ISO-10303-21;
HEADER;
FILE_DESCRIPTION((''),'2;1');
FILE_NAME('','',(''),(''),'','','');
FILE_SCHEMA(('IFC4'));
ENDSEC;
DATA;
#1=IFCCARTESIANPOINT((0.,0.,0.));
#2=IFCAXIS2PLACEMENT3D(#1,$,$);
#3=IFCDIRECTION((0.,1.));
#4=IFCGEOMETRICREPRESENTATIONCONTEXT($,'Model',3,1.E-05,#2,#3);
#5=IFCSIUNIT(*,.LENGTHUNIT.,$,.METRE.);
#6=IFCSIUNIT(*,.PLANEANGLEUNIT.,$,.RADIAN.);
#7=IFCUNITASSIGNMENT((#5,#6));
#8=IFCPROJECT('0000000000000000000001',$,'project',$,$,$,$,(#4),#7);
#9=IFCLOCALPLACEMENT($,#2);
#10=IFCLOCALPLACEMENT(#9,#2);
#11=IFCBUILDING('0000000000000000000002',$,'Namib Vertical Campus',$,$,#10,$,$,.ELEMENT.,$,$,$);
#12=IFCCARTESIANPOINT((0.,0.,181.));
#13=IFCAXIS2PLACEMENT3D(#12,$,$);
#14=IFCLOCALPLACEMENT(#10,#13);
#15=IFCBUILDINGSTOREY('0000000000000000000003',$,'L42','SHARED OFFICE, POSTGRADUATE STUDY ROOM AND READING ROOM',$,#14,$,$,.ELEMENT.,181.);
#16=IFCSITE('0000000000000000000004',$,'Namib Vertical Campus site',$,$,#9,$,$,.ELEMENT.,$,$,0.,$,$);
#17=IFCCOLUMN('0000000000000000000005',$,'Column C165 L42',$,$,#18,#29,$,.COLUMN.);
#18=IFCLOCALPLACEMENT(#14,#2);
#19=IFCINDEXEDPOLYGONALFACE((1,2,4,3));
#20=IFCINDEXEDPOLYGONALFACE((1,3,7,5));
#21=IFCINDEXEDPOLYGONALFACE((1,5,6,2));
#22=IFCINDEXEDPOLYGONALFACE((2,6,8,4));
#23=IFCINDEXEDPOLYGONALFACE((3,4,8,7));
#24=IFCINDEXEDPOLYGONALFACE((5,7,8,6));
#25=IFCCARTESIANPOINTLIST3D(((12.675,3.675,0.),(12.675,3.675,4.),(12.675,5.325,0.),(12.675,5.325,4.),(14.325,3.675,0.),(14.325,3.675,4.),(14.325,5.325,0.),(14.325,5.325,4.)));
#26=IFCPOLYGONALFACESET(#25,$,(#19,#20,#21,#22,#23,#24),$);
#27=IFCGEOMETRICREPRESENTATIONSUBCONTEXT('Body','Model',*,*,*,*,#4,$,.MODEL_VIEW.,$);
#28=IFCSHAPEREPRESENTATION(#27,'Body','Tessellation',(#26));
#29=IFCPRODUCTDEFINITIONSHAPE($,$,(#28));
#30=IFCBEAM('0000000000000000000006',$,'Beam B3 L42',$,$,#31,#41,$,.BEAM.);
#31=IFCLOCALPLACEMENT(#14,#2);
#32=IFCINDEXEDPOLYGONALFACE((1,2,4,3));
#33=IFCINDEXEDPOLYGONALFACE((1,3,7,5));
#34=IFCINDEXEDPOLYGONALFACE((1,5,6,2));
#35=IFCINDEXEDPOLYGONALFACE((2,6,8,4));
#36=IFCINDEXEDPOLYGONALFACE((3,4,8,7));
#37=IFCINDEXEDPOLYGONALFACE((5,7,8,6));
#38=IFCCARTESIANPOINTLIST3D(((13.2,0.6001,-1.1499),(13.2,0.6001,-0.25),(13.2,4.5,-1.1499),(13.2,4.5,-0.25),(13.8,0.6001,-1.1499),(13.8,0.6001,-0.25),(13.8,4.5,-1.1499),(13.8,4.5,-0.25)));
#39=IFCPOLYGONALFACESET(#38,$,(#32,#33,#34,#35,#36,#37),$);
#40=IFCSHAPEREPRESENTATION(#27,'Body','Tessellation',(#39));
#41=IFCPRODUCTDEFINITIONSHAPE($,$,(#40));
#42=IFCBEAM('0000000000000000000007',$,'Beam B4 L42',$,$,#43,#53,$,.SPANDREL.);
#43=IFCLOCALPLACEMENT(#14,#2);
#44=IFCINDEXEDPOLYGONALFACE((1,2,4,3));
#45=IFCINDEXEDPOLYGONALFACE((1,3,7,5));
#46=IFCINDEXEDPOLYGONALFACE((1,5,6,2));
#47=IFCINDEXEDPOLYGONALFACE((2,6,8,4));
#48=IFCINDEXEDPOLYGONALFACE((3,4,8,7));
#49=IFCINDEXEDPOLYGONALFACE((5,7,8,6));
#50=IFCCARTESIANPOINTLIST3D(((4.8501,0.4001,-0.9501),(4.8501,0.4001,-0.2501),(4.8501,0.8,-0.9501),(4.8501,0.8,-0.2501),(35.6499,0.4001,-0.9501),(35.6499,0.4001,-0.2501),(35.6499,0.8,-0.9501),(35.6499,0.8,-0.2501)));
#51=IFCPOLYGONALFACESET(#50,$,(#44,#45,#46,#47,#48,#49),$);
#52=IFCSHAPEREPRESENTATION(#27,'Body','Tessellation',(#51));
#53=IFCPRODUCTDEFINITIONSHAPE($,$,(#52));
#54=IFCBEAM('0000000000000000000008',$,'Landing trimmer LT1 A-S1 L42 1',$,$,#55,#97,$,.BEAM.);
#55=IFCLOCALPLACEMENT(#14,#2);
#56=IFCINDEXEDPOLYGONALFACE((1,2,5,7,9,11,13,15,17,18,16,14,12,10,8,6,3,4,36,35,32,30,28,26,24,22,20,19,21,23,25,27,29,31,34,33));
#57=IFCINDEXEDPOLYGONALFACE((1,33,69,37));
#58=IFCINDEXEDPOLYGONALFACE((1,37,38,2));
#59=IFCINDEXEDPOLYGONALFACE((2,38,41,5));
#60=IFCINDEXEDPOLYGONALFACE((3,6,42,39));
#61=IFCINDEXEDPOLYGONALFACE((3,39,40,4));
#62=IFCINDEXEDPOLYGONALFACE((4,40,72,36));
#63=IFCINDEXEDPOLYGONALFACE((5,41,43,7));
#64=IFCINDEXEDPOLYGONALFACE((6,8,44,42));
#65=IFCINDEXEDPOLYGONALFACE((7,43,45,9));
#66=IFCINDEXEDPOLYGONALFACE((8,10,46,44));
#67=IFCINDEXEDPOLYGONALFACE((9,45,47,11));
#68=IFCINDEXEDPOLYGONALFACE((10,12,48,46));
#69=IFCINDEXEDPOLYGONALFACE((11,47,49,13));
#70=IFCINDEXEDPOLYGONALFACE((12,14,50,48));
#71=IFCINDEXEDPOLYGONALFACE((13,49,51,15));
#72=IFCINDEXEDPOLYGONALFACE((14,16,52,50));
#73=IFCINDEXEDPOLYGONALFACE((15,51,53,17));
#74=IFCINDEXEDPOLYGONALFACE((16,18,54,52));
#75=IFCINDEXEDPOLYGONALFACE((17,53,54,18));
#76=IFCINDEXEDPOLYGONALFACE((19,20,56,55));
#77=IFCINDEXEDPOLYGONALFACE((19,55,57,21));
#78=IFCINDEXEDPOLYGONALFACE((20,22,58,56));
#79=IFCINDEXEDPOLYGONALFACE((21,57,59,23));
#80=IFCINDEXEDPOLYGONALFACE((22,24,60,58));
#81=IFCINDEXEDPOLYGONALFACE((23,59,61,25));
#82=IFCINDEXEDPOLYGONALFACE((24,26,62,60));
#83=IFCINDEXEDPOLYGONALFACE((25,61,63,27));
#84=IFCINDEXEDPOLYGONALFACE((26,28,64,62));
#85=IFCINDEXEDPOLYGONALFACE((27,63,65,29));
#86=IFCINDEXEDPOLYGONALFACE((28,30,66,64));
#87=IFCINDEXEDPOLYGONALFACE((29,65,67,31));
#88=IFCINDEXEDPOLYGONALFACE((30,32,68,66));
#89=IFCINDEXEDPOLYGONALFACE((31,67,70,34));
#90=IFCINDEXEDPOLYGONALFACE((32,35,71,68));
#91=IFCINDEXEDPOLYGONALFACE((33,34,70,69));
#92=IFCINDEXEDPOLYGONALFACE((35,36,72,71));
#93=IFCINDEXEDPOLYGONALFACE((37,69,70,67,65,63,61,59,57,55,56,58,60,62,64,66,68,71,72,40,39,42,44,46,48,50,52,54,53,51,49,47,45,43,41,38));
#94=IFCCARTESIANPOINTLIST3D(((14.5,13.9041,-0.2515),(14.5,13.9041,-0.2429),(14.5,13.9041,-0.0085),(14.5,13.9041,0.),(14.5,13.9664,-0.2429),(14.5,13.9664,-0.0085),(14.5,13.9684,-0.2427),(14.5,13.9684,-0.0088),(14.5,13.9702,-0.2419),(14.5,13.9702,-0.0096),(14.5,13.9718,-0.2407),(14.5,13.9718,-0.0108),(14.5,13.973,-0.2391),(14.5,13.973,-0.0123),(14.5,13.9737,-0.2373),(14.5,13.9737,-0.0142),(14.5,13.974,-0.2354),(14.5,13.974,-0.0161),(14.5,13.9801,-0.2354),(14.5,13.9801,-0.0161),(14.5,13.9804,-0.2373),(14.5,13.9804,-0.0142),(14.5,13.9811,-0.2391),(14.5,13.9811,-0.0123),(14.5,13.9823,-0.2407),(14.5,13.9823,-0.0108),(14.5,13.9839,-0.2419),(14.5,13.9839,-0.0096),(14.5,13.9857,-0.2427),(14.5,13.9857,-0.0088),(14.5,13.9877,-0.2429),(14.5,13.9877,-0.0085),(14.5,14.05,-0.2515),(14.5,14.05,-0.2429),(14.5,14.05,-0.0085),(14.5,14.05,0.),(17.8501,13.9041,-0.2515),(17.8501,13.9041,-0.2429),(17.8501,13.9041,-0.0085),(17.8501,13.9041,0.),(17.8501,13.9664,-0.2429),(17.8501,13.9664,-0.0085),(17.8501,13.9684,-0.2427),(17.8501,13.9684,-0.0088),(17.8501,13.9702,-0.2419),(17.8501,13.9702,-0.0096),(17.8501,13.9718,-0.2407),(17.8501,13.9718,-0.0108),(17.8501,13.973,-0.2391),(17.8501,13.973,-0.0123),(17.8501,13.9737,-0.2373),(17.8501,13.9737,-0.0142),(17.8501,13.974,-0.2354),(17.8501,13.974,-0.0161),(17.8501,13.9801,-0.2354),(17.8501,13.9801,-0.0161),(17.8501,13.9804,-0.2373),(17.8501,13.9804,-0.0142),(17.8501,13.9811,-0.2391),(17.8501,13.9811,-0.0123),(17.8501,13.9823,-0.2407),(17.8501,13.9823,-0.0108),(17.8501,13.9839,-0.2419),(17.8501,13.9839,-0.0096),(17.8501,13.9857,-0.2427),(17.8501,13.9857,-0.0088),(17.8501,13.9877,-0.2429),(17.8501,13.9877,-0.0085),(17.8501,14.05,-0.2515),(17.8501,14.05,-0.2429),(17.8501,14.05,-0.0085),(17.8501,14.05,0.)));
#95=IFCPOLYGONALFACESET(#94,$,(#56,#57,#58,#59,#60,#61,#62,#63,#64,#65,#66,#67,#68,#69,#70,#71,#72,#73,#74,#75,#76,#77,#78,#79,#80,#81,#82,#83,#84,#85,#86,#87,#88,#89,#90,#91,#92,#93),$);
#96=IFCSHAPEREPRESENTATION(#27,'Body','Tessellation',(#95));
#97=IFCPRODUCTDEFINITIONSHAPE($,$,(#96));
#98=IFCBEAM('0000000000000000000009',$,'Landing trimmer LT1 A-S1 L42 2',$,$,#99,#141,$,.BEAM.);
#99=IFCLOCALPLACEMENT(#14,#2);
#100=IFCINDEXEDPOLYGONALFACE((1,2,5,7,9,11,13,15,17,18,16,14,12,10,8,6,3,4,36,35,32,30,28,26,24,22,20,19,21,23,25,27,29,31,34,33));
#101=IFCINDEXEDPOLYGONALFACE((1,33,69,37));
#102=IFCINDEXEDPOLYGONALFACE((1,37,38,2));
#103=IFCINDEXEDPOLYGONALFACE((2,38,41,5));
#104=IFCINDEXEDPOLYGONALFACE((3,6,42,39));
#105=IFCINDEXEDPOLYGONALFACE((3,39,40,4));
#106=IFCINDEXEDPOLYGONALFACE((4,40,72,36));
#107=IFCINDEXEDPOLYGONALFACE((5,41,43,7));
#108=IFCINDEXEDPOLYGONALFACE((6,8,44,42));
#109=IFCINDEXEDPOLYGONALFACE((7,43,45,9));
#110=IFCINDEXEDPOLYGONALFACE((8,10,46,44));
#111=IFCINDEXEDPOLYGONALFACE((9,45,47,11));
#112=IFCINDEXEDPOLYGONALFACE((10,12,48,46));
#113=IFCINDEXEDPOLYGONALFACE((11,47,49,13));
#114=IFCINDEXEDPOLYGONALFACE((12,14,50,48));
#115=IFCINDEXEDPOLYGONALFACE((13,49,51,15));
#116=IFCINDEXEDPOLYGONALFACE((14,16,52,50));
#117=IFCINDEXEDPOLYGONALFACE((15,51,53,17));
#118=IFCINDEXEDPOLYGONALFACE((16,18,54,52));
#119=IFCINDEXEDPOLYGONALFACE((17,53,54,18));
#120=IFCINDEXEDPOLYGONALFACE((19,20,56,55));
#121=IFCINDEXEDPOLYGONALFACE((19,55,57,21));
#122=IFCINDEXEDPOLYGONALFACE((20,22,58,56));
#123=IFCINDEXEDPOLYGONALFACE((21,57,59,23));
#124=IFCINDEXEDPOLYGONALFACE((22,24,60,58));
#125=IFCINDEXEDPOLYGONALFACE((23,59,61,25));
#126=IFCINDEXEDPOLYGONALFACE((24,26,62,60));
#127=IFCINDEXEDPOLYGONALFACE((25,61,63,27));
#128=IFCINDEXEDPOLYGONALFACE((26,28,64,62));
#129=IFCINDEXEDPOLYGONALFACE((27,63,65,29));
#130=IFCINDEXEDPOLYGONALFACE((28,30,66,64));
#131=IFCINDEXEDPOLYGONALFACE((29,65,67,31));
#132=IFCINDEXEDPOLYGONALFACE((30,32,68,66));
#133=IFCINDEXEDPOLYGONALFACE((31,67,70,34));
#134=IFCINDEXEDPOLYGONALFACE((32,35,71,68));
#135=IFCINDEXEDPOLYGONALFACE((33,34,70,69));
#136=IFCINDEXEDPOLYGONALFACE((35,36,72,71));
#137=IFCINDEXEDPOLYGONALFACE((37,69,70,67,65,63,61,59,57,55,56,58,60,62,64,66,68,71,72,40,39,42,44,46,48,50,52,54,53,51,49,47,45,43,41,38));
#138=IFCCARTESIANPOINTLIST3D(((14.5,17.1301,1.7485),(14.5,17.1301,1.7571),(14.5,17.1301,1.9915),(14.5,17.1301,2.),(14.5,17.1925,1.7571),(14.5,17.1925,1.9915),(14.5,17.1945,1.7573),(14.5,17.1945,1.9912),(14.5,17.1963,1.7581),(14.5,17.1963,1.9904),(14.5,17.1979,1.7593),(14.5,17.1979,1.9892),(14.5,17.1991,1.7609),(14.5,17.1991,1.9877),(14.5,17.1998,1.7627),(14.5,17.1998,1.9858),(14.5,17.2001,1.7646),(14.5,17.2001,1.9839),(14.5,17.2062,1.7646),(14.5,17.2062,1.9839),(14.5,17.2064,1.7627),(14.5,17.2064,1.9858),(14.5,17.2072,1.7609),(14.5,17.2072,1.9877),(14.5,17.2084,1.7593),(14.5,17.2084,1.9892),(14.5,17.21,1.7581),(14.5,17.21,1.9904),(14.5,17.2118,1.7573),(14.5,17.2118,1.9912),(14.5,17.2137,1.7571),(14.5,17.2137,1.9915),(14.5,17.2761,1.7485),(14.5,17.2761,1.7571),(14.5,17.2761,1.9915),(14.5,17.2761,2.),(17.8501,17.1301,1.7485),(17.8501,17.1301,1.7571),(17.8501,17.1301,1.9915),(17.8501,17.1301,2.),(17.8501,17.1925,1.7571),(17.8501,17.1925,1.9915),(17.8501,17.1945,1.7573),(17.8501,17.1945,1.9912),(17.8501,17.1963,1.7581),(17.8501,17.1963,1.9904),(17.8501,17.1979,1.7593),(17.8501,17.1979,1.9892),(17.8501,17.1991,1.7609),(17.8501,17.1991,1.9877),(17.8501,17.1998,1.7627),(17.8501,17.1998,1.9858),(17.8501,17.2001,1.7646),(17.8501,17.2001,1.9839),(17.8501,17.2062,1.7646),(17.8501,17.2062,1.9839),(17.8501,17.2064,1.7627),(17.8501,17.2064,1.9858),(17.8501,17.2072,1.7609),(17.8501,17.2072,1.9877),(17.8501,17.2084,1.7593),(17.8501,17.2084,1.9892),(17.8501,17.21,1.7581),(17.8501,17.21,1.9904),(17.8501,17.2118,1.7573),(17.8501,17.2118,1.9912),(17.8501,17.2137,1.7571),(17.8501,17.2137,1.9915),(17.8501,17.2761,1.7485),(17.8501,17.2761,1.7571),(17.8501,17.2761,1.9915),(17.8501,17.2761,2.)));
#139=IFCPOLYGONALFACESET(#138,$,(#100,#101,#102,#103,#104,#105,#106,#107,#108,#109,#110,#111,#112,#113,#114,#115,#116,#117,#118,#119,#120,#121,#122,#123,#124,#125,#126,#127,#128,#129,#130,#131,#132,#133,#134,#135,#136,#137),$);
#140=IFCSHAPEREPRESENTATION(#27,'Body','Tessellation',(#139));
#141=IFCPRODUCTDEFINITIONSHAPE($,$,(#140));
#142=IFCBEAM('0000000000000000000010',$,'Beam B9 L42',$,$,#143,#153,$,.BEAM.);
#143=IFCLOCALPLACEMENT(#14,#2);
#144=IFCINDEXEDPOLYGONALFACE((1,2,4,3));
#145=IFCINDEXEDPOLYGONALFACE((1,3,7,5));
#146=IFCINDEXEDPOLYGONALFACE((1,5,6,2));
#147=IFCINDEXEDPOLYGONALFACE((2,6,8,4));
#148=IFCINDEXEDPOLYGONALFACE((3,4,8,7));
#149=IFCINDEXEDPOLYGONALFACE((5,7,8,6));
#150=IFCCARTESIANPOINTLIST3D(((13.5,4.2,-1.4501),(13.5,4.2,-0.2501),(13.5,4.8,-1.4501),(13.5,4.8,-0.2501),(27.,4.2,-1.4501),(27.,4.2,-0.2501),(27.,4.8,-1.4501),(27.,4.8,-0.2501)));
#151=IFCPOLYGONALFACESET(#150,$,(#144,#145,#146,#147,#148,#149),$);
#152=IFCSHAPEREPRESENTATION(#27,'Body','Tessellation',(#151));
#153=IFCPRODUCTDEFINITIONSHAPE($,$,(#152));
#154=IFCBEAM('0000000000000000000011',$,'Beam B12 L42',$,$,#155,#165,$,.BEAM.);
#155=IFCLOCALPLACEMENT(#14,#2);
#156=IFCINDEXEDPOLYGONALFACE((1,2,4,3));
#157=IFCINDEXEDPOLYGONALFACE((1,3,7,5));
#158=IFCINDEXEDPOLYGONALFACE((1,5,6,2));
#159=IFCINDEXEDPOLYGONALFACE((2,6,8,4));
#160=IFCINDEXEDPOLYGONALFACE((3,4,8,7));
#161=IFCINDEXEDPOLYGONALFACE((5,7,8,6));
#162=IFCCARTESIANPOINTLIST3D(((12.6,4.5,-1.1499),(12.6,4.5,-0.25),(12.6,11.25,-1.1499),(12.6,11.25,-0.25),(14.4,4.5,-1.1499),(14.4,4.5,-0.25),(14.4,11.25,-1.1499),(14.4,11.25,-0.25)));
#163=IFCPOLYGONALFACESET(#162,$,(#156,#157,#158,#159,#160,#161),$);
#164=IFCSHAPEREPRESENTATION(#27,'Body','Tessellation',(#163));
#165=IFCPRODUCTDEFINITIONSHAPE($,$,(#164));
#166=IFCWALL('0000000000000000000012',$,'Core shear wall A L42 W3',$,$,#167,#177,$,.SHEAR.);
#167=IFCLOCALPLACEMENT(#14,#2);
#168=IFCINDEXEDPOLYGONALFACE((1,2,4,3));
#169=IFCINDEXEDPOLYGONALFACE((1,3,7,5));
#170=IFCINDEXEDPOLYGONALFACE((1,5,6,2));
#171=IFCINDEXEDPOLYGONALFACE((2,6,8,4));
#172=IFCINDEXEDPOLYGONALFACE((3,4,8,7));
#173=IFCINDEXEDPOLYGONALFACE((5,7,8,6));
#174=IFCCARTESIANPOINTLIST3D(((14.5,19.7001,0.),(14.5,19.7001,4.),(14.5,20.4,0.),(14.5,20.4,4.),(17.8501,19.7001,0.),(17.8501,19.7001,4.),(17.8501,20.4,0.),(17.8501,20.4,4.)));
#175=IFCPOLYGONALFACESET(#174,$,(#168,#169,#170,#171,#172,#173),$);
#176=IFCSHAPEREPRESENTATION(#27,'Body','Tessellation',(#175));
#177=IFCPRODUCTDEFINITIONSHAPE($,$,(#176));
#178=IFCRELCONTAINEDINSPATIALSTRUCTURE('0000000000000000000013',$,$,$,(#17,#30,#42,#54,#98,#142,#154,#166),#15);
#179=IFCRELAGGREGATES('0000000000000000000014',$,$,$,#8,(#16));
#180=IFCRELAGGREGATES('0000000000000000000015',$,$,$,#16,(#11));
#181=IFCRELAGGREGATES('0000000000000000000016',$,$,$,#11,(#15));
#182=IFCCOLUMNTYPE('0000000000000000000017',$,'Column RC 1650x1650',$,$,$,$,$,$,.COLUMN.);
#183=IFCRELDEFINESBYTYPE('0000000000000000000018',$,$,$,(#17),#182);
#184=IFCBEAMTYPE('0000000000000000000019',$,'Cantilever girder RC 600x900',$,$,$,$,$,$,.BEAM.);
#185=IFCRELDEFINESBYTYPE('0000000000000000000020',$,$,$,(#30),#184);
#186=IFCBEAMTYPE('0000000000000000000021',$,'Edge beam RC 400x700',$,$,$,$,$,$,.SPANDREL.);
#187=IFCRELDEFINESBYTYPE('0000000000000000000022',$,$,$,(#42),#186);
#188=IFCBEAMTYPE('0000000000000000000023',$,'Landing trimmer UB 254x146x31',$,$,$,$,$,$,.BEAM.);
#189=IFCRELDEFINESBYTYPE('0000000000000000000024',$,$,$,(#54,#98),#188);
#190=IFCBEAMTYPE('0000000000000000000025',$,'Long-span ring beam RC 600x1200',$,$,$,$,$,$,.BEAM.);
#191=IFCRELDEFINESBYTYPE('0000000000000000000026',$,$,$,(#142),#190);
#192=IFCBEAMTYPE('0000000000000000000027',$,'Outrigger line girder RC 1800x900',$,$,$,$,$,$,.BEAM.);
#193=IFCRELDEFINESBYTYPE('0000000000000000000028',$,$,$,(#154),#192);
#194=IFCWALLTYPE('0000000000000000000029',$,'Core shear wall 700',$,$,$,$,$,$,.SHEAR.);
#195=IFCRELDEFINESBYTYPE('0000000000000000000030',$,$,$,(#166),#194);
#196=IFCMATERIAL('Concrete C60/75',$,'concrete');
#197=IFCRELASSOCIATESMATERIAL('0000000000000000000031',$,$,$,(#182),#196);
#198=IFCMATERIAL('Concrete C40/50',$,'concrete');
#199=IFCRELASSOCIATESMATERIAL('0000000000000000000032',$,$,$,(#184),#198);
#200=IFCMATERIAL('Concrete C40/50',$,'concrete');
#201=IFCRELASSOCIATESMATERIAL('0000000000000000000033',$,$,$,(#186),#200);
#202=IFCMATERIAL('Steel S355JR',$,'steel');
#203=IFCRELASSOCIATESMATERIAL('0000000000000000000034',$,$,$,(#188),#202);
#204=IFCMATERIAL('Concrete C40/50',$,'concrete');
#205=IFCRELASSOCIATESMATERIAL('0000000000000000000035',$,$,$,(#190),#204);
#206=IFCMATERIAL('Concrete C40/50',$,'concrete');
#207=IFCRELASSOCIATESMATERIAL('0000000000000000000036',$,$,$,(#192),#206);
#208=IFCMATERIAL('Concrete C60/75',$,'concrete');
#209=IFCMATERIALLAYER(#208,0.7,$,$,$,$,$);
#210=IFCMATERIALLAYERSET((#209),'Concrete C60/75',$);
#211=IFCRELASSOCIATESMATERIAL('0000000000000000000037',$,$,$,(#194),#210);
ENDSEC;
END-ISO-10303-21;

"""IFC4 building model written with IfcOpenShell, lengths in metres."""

from ifc_helpers import new_model, si_unit, direction, frame, frame_2d, origin, origin_2d, place, context, subcontext, project, spatial, rectangle, i_section, extrude, material, layer, layer_set, material_profile, profile_set, type_object, element, save


model = new_model("IFC4")

# Units and contexts
model_context = context("Model", 3, precision=1e-05, world=origin(), true_north=direction((0.0, 1.0)))
body_context = subcontext(model_context, "Body", "Model", "MODEL_VIEW")
ifc_project = project(units=[si_unit("LENGTHUNIT", "METRE"), si_unit("PLANEANGLEUNIT", "RADIAN")], contexts=[model_context])

# Site, building, storey
site_placement = place(None, origin())
site = spatial("IfcSite", under=ifc_project, at=site_placement, Name="Namib Vertical Campus site", CompositionType="ELEMENT", RefElevation=0.0)
building_placement = place(site_placement, origin())
building = spatial("IfcBuilding", under=site, at=building_placement, Name="Namib Vertical Campus", CompositionType="ELEMENT")
storey_placement = place(building_placement, frame((0.0, 0.0, 181.0)))
storey = spatial("IfcBuildingStorey", under=building, at=storey_placement, Name="L42", Description="SHARED OFFICE, POSTGRADUATE STUDY ROOM AND READING ROOM", CompositionType="ELEMENT", Elevation=181.0)

# Column
ifc_material_1 = material(Name="Concrete C60/75", Category="concrete")
ifc_material_profile_1 = material_profile(ifc_material_1, rectangle(XDim=1.6499, YDim=1.6499, at=origin_2d()))
ifc_profile_set_1 = profile_set([ifc_material_profile_1], Name="Concrete C60/75")
column_type = type_object("IfcColumnType", Name="Column RC 1650x1650", PredefinedType="COLUMN", material=ifc_profile_set_1)
column_placement = place(storey_placement, frame((13.5, 4.5, 0.0), z_axis=(0.0, 0.0, 1.0), x_axis=(1.0, 0.0, 0.0)))
element("IfcColumn", 1, at=column_placement, inside=storey, type_object=column_type, Name="Column C165 L42", PredefinedType="COLUMN", context=body_context, shape_type="SweptSolid", body=[
    extrude(rectangle(XDim=1.6499, YDim=1.6499, at=origin_2d()), origin(), (0.0, 0.0, 1.0), 4.0),
])

# Beams
ifc_material_2 = material(Name="Concrete C40/50", Category="concrete")
ifc_material_profile_2 = material_profile(ifc_material_2, rectangle(XDim=0.6001, YDim=0.8999, at=origin_2d()))
ifc_profile_set_2 = profile_set([ifc_material_profile_2], Name="Concrete C40/50")
beam_type_1 = type_object("IfcBeamType", Name="Cantilever girder RC 600x900", PredefinedType="BEAM", material=ifc_profile_set_2)
beam_1_placement = place(storey_placement, frame((13.5, 4.5, -0.7), z_axis=(0.0, -1.0, 0.0), x_axis=(1.0, 0.0, 0.0)))
element("IfcBeam", 2, at=beam_1_placement, inside=storey, type_object=beam_type_1, Name="Beam B3 L42", PredefinedType="BEAM", context=body_context, shape_type="SweptSolid", body=[
    extrude(rectangle(XDim=0.6001, YDim=0.8999, at=origin_2d()), origin(), (0.0, 0.0, 1.0), 3.8999),
])
ifc_material_3 = material(Name="Concrete C40/50", Category="concrete")
ifc_material_profile_3 = material_profile(ifc_material_3, rectangle(XDim=0.3999, YDim=0.7, at=origin_2d()))
ifc_profile_set_3 = profile_set([ifc_material_profile_3], Name="Concrete C40/50")
beam_type_2 = type_object("IfcBeamType", Name="Edge beam RC 400x700", PredefinedType="SPANDREL", material=ifc_profile_set_3)
beam_2_placement = place(storey_placement, frame((4.8501, 0.6001, -0.6001), z_axis=(1.0, 0.0, 0.0), x_axis=(0.0, 1.0, 0.0)))
element("IfcBeam", 3, at=beam_2_placement, inside=storey, type_object=beam_type_2, Name="Beam B4 L42", PredefinedType="SPANDREL", context=body_context, shape_type="SweptSolid", body=[
    extrude(rectangle(XDim=0.3999, YDim=0.7, at=origin_2d()), origin(), (0.0, 0.0, 1.0), 30.7998),
])
ifc_material_4 = material(Name="Steel S355JR", Category="steel")
ifc_material_profile_4 = material_profile(ifc_material_4, i_section(OverallWidth=0.146, OverallDepth=0.2515, WebThickness=0.0061, FlangeThickness=0.0085, FilletRadius=0.0076, at=origin_2d()))
ifc_profile_set_4 = profile_set([ifc_material_profile_4], Name="Steel S355JR")
beam_type_3 = type_object("IfcBeamType", Name="Landing trimmer UB 254x146x31", PredefinedType="BEAM", material=ifc_profile_set_4)
for number, where, z_axis, x_axis, name in (
    (4, (14.5, 13.9771, -0.1257), (1.0, 0.0, 0.0), (0.0, 1.0, 0.0), "Landing trimmer LT1 A-S1 L42 1"),
    (5, (14.5, 17.2031, 1.8743), (1.0, 0.0, 0.0), (0.0, 1.0, 0.0), "Landing trimmer LT1 A-S1 L42 2"),
):
    element("IfcBeam", number, at=place(storey_placement, frame(where, z_axis=z_axis, x_axis=x_axis)), inside=storey, type_object=beam_type_3, Name=name, PredefinedType="BEAM", context=body_context, shape_type="SweptSolid", body=[
        extrude(i_section(OverallWidth=0.146, OverallDepth=0.2515, WebThickness=0.0061, FlangeThickness=0.0085, FilletRadius=0.0076, at=origin_2d()), origin(), (0.0, 0.0, 1.0), 3.3501),
    ])
ifc_material_5 = material(Name="Concrete C40/50", Category="concrete")
ifc_material_profile_5 = material_profile(ifc_material_5, rectangle(XDim=0.6001, YDim=1.2, at=origin_2d()))
ifc_profile_set_5 = profile_set([ifc_material_profile_5], Name="Concrete C40/50")
beam_type_4 = type_object("IfcBeamType", Name="Long-span ring beam RC 600x1200", PredefinedType="BEAM", material=ifc_profile_set_5)
beam_3_placement = place(storey_placement, frame((13.5, 4.5, -0.8501), z_axis=(1.0, 0.0, 0.0), x_axis=(0.0, 1.0, 0.0)))
element("IfcBeam", 6, at=beam_3_placement, inside=storey, type_object=beam_type_4, Name="Beam B9 L42", PredefinedType="BEAM", context=body_context, shape_type="SweptSolid", body=[
    extrude(rectangle(XDim=0.6001, YDim=1.2, at=origin_2d()), origin(), (0.0, 0.0, 1.0), 13.5),
])
ifc_material_6 = material(Name="Concrete C40/50", Category="concrete")
ifc_material_profile_6 = material_profile(ifc_material_6, rectangle(XDim=1.8, YDim=0.8999, at=origin_2d()))
ifc_profile_set_6 = profile_set([ifc_material_profile_6], Name="Concrete C40/50")
beam_type_5 = type_object("IfcBeamType", Name="Outrigger line girder RC 1800x900", PredefinedType="BEAM", material=ifc_profile_set_6)
beam_4_placement = place(storey_placement, frame((13.5, 4.5, -0.7), z_axis=(0.0, 1.0, 0.0), x_axis=(-1.0, 0.0, 0.0)))
element("IfcBeam", 7, at=beam_4_placement, inside=storey, type_object=beam_type_5, Name="Beam B12 L42", PredefinedType="BEAM", context=body_context, shape_type="SweptSolid", body=[
    extrude(rectangle(XDim=1.8, YDim=0.8999, at=origin_2d()), origin(), (0.0, 0.0, 1.0), 6.75),
])

# Wall
ifc_material_7 = material(Name="Concrete C60/75", Category="concrete")
ifc_layer_1 = layer(ifc_material_7, 0.7)
ifc_layer_set_1 = layer_set([ifc_layer_1], Name="Concrete C60/75")
wall_type_1 = type_object("IfcWallType", Name="Core shear wall 700", PredefinedType="SHEAR", material=ifc_layer_set_1)
wall_1_placement = place(storey_placement, frame((14.5, 20.05, 0.0), z_axis=(0.0, 0.0, 1.0), x_axis=(1.0, 0.0, 0.0)))
element("IfcWall", 8, at=wall_1_placement, inside=storey, type_object=wall_type_1, Name="Core shear wall A L42 W3", PredefinedType="SHEAR", context=body_context, shape_type="SweptSolid", body=[
    extrude(rectangle(XDim=3.3501, YDim=0.7, at=frame_2d((1.675, 0.0))), origin(), (0.0, 0.0, 1.0), 4.0),
])

save(model, "model.ifc")
